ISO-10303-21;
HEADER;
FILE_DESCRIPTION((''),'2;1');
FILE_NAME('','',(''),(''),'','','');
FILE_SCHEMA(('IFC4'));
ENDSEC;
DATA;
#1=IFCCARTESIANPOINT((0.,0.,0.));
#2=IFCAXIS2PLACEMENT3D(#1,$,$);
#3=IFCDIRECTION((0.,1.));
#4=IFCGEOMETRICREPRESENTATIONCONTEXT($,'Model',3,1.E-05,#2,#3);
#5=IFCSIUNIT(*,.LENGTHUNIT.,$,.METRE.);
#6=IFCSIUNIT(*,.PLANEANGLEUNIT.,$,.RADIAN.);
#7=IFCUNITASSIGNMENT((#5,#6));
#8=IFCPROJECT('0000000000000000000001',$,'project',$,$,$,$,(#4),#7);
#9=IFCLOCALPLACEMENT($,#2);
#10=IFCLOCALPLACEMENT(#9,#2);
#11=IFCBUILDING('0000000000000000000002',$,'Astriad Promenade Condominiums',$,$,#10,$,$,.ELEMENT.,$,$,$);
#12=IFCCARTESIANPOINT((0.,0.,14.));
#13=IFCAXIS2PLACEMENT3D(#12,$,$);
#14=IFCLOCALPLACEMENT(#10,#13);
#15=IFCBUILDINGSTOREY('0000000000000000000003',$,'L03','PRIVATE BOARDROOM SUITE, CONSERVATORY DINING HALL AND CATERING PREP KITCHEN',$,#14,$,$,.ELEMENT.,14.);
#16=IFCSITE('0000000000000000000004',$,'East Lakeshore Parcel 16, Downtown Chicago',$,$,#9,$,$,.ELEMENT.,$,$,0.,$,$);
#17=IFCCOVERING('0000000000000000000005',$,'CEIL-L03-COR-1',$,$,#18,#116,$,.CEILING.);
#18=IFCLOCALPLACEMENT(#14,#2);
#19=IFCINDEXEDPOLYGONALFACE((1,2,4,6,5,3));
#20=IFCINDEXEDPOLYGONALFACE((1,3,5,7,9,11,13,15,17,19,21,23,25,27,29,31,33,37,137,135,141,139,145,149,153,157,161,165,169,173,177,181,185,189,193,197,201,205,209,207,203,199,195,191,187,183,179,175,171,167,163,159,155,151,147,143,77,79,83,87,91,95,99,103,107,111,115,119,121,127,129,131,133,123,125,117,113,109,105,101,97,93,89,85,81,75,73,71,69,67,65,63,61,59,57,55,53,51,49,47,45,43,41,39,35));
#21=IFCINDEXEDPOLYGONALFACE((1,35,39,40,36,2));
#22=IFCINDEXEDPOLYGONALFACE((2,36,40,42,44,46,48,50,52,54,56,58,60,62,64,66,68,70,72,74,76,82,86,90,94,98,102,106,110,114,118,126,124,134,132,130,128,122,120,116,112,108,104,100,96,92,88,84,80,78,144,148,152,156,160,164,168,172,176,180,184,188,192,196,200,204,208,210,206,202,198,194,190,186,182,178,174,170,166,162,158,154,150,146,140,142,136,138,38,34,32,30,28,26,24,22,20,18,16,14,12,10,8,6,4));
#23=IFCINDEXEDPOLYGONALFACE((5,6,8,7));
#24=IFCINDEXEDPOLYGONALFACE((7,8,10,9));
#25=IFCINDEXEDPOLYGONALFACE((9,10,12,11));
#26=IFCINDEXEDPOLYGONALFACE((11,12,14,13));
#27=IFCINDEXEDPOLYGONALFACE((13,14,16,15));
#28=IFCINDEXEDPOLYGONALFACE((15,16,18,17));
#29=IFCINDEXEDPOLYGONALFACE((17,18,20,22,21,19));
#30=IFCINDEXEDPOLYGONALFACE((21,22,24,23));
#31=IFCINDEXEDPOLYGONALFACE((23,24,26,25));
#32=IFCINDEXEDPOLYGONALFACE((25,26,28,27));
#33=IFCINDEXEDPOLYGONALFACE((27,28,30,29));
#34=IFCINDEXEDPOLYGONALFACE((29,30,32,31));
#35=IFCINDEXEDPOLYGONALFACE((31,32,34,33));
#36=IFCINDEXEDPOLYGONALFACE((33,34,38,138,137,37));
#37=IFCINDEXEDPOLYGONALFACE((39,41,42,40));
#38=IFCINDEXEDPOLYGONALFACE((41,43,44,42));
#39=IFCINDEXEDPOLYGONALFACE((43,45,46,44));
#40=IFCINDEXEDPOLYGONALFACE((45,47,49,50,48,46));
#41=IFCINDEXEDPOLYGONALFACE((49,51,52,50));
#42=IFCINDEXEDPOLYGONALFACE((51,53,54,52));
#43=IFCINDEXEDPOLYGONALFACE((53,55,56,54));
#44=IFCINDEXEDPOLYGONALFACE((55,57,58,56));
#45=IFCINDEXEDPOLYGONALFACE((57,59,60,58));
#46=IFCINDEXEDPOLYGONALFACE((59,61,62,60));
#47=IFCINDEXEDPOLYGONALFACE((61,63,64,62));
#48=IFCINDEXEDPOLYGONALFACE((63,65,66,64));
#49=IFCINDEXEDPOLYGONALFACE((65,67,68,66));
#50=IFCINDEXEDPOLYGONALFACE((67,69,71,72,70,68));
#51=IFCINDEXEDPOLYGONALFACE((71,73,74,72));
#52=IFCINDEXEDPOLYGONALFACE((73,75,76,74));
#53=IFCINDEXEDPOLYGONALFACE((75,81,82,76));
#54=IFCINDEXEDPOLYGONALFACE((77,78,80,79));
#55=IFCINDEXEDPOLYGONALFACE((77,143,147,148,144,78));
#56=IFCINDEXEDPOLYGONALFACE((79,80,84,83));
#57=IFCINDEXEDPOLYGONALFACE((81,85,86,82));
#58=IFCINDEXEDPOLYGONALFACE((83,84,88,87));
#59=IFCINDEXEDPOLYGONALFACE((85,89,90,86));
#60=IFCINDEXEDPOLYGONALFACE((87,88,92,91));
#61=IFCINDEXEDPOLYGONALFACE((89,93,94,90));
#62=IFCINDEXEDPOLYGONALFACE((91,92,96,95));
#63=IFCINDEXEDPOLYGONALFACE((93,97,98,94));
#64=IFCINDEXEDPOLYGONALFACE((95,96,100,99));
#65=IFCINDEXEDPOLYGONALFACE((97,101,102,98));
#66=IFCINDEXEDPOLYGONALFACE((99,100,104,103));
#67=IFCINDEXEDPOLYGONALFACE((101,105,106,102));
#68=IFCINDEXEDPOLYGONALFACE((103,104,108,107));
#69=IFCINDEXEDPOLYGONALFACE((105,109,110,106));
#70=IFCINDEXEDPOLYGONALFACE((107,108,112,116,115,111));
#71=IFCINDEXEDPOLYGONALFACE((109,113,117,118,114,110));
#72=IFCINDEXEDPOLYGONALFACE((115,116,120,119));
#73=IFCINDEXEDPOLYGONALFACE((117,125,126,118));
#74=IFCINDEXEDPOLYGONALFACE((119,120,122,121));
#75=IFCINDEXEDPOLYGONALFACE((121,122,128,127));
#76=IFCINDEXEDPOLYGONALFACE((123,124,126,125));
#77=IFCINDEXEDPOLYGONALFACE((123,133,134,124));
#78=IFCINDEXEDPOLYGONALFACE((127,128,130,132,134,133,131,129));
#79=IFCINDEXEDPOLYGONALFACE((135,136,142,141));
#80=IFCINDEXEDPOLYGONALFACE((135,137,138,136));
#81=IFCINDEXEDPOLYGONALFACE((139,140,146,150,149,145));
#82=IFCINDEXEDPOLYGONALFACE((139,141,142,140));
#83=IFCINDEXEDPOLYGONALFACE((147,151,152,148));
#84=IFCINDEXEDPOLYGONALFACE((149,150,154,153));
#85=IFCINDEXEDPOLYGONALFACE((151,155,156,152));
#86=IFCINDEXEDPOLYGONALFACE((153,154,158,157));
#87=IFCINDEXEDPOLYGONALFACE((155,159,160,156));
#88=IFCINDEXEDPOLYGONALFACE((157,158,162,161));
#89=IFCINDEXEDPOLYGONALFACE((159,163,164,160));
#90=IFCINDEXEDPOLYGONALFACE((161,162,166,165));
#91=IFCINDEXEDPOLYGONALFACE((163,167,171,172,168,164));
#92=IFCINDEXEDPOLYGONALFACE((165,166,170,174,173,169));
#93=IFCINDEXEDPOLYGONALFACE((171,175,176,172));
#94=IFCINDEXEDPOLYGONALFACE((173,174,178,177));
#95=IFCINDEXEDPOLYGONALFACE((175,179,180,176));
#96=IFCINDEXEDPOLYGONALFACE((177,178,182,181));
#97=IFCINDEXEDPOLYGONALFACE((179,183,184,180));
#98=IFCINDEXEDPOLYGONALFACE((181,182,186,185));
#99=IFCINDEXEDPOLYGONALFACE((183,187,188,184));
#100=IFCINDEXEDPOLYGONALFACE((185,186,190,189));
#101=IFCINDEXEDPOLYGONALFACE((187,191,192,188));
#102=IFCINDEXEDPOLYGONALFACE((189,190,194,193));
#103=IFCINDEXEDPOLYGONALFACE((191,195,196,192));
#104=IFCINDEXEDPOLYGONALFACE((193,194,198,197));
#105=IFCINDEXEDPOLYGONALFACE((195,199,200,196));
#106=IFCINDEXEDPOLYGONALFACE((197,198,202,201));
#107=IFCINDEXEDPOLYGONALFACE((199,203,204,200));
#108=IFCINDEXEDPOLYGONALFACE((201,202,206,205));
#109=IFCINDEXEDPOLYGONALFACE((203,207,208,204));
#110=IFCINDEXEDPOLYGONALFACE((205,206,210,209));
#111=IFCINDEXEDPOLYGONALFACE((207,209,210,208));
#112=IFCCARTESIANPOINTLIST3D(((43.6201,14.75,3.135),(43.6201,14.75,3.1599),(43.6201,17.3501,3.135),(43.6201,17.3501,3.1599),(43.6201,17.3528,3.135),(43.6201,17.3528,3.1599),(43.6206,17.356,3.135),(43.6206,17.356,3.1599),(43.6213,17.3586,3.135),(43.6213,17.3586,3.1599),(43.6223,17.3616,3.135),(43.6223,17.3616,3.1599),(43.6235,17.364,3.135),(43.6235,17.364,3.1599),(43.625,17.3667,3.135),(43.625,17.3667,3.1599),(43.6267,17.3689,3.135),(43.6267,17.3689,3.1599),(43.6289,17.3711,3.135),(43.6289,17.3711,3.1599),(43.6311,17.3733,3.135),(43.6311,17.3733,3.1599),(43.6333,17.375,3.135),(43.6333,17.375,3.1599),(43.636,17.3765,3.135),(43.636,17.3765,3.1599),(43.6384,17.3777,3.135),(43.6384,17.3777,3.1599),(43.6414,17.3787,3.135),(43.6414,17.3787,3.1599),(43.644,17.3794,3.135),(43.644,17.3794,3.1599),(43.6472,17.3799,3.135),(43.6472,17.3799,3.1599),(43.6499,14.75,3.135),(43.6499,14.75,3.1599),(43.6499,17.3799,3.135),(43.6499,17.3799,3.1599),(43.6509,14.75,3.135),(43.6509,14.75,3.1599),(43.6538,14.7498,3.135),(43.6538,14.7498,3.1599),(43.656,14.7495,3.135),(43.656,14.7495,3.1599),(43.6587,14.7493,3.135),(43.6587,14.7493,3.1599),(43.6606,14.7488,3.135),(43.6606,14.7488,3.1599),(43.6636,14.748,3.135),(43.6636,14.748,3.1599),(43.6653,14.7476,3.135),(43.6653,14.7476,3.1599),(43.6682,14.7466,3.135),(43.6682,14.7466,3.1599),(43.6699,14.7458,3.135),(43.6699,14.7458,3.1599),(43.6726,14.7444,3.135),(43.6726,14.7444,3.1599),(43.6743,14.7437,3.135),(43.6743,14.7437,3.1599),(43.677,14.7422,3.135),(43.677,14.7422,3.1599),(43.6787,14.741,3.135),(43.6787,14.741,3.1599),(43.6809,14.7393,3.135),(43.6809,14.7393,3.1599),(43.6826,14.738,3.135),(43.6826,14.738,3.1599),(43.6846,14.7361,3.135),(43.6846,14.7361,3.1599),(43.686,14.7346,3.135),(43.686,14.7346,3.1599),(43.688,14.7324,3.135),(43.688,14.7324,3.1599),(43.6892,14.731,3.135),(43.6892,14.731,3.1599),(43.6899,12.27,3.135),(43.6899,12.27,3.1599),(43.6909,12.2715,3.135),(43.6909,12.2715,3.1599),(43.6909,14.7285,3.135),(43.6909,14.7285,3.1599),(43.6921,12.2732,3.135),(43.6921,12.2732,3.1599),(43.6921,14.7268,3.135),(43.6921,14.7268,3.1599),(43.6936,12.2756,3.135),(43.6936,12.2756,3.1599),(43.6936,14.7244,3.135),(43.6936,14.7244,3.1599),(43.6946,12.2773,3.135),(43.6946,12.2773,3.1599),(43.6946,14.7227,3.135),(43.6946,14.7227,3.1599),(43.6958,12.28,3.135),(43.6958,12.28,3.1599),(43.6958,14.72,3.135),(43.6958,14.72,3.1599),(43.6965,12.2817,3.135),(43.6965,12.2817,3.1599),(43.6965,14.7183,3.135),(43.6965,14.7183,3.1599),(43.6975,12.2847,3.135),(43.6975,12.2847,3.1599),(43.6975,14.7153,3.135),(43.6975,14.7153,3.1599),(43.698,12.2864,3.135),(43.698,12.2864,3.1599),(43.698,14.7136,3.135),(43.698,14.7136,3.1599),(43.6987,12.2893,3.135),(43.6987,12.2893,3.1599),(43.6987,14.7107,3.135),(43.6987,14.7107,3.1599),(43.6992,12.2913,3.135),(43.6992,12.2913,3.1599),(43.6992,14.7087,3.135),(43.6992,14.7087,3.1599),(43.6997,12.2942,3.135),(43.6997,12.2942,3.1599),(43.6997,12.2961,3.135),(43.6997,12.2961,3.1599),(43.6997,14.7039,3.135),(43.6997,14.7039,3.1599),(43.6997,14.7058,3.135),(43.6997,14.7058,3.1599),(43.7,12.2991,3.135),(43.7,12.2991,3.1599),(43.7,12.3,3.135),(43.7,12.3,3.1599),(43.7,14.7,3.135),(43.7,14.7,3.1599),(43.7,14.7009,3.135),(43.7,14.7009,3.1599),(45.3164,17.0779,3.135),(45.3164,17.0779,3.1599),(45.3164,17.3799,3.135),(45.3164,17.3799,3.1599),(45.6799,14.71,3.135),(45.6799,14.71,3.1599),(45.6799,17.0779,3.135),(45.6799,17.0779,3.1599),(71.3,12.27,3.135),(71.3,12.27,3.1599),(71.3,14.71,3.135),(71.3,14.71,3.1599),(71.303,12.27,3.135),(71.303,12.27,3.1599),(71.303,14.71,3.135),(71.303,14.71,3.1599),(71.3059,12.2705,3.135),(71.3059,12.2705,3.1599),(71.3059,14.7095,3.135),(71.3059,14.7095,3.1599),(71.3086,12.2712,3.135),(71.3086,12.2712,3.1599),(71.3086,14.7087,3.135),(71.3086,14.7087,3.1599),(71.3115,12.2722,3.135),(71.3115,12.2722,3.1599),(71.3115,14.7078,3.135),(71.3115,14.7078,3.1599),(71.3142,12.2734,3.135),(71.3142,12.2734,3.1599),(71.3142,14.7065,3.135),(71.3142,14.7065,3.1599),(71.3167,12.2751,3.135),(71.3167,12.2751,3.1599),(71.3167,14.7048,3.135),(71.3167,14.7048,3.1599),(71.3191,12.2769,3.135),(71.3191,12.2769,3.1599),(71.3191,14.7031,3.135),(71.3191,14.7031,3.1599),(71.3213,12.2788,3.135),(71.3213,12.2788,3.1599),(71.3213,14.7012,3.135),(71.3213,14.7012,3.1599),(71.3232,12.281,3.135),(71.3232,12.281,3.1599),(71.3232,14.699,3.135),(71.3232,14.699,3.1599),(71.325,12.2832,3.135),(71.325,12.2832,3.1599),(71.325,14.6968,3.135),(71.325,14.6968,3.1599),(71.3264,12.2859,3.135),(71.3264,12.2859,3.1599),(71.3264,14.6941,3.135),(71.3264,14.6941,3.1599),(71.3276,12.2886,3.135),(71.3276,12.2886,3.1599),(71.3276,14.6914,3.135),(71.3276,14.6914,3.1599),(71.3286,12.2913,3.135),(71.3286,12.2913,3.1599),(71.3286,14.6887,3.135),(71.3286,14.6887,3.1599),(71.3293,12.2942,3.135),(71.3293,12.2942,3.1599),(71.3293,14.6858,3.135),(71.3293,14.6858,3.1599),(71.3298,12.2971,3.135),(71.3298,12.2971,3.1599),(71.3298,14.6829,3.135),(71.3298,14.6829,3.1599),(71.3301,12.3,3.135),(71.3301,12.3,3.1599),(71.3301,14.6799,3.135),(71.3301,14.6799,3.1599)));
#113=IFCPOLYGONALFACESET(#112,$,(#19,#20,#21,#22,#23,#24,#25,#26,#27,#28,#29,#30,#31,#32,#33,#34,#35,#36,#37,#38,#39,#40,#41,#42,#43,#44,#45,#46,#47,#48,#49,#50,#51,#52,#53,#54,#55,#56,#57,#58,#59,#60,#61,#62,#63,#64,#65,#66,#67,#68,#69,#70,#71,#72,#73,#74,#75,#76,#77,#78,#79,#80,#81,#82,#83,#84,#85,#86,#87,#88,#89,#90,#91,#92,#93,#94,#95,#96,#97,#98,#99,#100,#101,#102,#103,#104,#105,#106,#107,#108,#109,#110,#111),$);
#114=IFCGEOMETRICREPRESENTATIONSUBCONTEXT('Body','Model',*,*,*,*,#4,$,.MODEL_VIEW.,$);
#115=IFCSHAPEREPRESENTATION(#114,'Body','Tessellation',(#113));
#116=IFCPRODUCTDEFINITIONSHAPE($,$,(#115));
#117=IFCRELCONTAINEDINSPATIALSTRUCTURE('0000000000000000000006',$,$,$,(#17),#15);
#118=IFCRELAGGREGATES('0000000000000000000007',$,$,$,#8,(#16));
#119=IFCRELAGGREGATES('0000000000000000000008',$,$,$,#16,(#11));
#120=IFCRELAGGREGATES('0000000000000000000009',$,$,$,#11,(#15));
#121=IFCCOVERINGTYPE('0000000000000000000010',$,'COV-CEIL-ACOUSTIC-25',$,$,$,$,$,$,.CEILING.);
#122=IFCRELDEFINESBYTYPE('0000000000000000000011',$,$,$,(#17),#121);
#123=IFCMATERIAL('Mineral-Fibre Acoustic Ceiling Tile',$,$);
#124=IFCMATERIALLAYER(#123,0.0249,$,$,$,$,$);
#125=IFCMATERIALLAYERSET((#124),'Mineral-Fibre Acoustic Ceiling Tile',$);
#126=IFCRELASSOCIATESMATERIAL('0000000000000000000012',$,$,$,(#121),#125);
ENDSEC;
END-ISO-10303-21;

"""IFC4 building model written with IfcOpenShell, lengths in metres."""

from ifc_helpers import new_model, si_unit, direction, frame, origin, place, context, subcontext, project, spatial, polyline, outline, extrude, material, layer, layer_set, type_object, element, save


model = new_model("IFC4")

# Units and contexts
model_context = context("Model", 3, precision=1e-05, world=origin(), true_north=direction((0.0, 1.0)))
body_context = subcontext(model_context, "Body", "Model", "MODEL_VIEW")
ifc_project = project(units=[si_unit("LENGTHUNIT", "METRE"), si_unit("PLANEANGLEUNIT", "RADIAN")], contexts=[model_context])

# Site, building, storey
site_placement = place(None, origin())
site = spatial("IfcSite", under=ifc_project, at=site_placement, Name="East Lakeshore Parcel 16, Downtown Chicago", CompositionType="ELEMENT", RefElevation=0.0)
building_placement = place(site_placement, origin())
building = spatial("IfcBuilding", under=site, at=building_placement, Name="Astriad Promenade Condominiums", CompositionType="ELEMENT")
storey_placement = place(building_placement, frame((0.0, 0.0, 14.0)))
storey = spatial("IfcBuildingStorey", under=building, at=storey_placement, Name="L03", Description="PRIVATE BOARDROOM SUITE, CONSERVATORY DINING HALL AND CATERING PREP KITCHEN", CompositionType="ELEMENT", Elevation=14.0)

# Covering
ifc_material_1 = material(Name="Mineral-Fibre Acoustic Ceiling Tile")
ifc_layer_1 = layer(ifc_material_1, 0.0249)
ifc_layer_set_1 = layer_set([ifc_layer_1], Name="Mineral-Fibre Acoustic Ceiling Tile")
covering_type_1 = type_object("IfcCoveringType", Name="COV-CEIL-ACOUSTIC-25", PredefinedType="CEILING", material=ifc_layer_set_1)
covering_1_placement = place(storey_placement, frame((0.0, 0.0, 3.135)))
element("IfcCovering", 1, at=covering_1_placement, inside=storey, type_object=covering_type_1, Name="CEIL-L03-COR-1", PredefinedType="CEILING", context=body_context, shape_type="SweptSolid", body=[
    extrude(outline(polyline([(43.6201, 17.3501), (43.6201, 17.3528), (43.6206, 17.356), (43.6213, 17.3586), (43.6223, 17.3616), (43.6235, 17.364), (43.625, 17.3667), (43.6267, 17.3689), (43.6289, 17.3711), (43.6311, 17.3733), (43.6333, 17.375), (43.636, 17.3765), (43.6384, 17.3777), (43.6414, 17.3787), (43.644, 17.3794), (43.6472, 17.3799), (43.6499, 17.3799), (45.3164, 17.3799), (45.3164, 17.0779), (45.6799, 17.0779), (45.6799, 14.71), (71.3, 14.71), (71.303, 14.71), (71.3059, 14.7095), (71.3086, 14.7087), (71.3115, 14.7078), (71.3142, 14.7065), (71.3167, 14.7048), (71.3191, 14.7031), (71.3213, 14.7012), (71.3232, 14.699), (71.325, 14.6968), (71.3264, 14.6941), (71.3276, 14.6914), (71.3286, 14.6887), (71.3293, 14.6858), (71.3298, 14.6829), (71.3301, 14.6799), (71.3301, 12.3), (71.3298, 12.2971), (71.3293, 12.2942), (71.3286, 12.2913), (71.3276, 12.2886), (71.3264, 12.2859), (71.325, 12.2832), (71.3232, 12.281), (71.3213, 12.2788), (71.3191, 12.2769), (71.3167, 12.2751), (71.3142, 12.2734), (71.3115, 12.2722), (71.3086, 12.2712), (71.3059, 12.2705), (71.303, 12.27), (71.3, 12.27), (43.6899, 12.27), (43.6909, 12.2715), (43.6921, 12.2732), (43.6936, 12.2756), (43.6946, 12.2773), (43.6958, 12.28), (43.6965, 12.2817), (43.6975, 12.2847), (43.698, 12.2864), (43.6987, 12.2893), (43.6992, 12.2913), (43.6997, 12.2942), (43.6997, 12.2961), (43.7, 12.2991), (43.7, 12.3), (43.7, 14.7), (43.7, 14.7009), (43.6997, 14.7039), (43.6997, 14.7058), (43.6992, 14.7087), (43.6987, 14.7107), (43.698, 14.7136), (43.6975, 14.7153), (43.6965, 14.7183), (43.6958, 14.72), (43.6946, 14.7227), (43.6936, 14.7244), (43.6921, 14.7268), (43.6909, 14.7285), (43.6892, 14.731), (43.688, 14.7324), (43.686, 14.7346), (43.6846, 14.7361), (43.6826, 14.738), (43.6809, 14.7393), (43.6787, 14.741), (43.677, 14.7422), (43.6743, 14.7437), (43.6726, 14.7444), (43.6699, 14.7458), (43.6682, 14.7466), (43.6653, 14.7476), (43.6636, 14.748), (43.6606, 14.7488), (43.6587, 14.7493), (43.656, 14.7495), (43.6538, 14.7498), (43.6509, 14.75), (43.6499, 14.75), (43.6201, 14.75), (43.6201, 17.3501)])), origin(), (0.0, 0.0, 1.0), 0.0249),
])

save(model, "model.ifc")
